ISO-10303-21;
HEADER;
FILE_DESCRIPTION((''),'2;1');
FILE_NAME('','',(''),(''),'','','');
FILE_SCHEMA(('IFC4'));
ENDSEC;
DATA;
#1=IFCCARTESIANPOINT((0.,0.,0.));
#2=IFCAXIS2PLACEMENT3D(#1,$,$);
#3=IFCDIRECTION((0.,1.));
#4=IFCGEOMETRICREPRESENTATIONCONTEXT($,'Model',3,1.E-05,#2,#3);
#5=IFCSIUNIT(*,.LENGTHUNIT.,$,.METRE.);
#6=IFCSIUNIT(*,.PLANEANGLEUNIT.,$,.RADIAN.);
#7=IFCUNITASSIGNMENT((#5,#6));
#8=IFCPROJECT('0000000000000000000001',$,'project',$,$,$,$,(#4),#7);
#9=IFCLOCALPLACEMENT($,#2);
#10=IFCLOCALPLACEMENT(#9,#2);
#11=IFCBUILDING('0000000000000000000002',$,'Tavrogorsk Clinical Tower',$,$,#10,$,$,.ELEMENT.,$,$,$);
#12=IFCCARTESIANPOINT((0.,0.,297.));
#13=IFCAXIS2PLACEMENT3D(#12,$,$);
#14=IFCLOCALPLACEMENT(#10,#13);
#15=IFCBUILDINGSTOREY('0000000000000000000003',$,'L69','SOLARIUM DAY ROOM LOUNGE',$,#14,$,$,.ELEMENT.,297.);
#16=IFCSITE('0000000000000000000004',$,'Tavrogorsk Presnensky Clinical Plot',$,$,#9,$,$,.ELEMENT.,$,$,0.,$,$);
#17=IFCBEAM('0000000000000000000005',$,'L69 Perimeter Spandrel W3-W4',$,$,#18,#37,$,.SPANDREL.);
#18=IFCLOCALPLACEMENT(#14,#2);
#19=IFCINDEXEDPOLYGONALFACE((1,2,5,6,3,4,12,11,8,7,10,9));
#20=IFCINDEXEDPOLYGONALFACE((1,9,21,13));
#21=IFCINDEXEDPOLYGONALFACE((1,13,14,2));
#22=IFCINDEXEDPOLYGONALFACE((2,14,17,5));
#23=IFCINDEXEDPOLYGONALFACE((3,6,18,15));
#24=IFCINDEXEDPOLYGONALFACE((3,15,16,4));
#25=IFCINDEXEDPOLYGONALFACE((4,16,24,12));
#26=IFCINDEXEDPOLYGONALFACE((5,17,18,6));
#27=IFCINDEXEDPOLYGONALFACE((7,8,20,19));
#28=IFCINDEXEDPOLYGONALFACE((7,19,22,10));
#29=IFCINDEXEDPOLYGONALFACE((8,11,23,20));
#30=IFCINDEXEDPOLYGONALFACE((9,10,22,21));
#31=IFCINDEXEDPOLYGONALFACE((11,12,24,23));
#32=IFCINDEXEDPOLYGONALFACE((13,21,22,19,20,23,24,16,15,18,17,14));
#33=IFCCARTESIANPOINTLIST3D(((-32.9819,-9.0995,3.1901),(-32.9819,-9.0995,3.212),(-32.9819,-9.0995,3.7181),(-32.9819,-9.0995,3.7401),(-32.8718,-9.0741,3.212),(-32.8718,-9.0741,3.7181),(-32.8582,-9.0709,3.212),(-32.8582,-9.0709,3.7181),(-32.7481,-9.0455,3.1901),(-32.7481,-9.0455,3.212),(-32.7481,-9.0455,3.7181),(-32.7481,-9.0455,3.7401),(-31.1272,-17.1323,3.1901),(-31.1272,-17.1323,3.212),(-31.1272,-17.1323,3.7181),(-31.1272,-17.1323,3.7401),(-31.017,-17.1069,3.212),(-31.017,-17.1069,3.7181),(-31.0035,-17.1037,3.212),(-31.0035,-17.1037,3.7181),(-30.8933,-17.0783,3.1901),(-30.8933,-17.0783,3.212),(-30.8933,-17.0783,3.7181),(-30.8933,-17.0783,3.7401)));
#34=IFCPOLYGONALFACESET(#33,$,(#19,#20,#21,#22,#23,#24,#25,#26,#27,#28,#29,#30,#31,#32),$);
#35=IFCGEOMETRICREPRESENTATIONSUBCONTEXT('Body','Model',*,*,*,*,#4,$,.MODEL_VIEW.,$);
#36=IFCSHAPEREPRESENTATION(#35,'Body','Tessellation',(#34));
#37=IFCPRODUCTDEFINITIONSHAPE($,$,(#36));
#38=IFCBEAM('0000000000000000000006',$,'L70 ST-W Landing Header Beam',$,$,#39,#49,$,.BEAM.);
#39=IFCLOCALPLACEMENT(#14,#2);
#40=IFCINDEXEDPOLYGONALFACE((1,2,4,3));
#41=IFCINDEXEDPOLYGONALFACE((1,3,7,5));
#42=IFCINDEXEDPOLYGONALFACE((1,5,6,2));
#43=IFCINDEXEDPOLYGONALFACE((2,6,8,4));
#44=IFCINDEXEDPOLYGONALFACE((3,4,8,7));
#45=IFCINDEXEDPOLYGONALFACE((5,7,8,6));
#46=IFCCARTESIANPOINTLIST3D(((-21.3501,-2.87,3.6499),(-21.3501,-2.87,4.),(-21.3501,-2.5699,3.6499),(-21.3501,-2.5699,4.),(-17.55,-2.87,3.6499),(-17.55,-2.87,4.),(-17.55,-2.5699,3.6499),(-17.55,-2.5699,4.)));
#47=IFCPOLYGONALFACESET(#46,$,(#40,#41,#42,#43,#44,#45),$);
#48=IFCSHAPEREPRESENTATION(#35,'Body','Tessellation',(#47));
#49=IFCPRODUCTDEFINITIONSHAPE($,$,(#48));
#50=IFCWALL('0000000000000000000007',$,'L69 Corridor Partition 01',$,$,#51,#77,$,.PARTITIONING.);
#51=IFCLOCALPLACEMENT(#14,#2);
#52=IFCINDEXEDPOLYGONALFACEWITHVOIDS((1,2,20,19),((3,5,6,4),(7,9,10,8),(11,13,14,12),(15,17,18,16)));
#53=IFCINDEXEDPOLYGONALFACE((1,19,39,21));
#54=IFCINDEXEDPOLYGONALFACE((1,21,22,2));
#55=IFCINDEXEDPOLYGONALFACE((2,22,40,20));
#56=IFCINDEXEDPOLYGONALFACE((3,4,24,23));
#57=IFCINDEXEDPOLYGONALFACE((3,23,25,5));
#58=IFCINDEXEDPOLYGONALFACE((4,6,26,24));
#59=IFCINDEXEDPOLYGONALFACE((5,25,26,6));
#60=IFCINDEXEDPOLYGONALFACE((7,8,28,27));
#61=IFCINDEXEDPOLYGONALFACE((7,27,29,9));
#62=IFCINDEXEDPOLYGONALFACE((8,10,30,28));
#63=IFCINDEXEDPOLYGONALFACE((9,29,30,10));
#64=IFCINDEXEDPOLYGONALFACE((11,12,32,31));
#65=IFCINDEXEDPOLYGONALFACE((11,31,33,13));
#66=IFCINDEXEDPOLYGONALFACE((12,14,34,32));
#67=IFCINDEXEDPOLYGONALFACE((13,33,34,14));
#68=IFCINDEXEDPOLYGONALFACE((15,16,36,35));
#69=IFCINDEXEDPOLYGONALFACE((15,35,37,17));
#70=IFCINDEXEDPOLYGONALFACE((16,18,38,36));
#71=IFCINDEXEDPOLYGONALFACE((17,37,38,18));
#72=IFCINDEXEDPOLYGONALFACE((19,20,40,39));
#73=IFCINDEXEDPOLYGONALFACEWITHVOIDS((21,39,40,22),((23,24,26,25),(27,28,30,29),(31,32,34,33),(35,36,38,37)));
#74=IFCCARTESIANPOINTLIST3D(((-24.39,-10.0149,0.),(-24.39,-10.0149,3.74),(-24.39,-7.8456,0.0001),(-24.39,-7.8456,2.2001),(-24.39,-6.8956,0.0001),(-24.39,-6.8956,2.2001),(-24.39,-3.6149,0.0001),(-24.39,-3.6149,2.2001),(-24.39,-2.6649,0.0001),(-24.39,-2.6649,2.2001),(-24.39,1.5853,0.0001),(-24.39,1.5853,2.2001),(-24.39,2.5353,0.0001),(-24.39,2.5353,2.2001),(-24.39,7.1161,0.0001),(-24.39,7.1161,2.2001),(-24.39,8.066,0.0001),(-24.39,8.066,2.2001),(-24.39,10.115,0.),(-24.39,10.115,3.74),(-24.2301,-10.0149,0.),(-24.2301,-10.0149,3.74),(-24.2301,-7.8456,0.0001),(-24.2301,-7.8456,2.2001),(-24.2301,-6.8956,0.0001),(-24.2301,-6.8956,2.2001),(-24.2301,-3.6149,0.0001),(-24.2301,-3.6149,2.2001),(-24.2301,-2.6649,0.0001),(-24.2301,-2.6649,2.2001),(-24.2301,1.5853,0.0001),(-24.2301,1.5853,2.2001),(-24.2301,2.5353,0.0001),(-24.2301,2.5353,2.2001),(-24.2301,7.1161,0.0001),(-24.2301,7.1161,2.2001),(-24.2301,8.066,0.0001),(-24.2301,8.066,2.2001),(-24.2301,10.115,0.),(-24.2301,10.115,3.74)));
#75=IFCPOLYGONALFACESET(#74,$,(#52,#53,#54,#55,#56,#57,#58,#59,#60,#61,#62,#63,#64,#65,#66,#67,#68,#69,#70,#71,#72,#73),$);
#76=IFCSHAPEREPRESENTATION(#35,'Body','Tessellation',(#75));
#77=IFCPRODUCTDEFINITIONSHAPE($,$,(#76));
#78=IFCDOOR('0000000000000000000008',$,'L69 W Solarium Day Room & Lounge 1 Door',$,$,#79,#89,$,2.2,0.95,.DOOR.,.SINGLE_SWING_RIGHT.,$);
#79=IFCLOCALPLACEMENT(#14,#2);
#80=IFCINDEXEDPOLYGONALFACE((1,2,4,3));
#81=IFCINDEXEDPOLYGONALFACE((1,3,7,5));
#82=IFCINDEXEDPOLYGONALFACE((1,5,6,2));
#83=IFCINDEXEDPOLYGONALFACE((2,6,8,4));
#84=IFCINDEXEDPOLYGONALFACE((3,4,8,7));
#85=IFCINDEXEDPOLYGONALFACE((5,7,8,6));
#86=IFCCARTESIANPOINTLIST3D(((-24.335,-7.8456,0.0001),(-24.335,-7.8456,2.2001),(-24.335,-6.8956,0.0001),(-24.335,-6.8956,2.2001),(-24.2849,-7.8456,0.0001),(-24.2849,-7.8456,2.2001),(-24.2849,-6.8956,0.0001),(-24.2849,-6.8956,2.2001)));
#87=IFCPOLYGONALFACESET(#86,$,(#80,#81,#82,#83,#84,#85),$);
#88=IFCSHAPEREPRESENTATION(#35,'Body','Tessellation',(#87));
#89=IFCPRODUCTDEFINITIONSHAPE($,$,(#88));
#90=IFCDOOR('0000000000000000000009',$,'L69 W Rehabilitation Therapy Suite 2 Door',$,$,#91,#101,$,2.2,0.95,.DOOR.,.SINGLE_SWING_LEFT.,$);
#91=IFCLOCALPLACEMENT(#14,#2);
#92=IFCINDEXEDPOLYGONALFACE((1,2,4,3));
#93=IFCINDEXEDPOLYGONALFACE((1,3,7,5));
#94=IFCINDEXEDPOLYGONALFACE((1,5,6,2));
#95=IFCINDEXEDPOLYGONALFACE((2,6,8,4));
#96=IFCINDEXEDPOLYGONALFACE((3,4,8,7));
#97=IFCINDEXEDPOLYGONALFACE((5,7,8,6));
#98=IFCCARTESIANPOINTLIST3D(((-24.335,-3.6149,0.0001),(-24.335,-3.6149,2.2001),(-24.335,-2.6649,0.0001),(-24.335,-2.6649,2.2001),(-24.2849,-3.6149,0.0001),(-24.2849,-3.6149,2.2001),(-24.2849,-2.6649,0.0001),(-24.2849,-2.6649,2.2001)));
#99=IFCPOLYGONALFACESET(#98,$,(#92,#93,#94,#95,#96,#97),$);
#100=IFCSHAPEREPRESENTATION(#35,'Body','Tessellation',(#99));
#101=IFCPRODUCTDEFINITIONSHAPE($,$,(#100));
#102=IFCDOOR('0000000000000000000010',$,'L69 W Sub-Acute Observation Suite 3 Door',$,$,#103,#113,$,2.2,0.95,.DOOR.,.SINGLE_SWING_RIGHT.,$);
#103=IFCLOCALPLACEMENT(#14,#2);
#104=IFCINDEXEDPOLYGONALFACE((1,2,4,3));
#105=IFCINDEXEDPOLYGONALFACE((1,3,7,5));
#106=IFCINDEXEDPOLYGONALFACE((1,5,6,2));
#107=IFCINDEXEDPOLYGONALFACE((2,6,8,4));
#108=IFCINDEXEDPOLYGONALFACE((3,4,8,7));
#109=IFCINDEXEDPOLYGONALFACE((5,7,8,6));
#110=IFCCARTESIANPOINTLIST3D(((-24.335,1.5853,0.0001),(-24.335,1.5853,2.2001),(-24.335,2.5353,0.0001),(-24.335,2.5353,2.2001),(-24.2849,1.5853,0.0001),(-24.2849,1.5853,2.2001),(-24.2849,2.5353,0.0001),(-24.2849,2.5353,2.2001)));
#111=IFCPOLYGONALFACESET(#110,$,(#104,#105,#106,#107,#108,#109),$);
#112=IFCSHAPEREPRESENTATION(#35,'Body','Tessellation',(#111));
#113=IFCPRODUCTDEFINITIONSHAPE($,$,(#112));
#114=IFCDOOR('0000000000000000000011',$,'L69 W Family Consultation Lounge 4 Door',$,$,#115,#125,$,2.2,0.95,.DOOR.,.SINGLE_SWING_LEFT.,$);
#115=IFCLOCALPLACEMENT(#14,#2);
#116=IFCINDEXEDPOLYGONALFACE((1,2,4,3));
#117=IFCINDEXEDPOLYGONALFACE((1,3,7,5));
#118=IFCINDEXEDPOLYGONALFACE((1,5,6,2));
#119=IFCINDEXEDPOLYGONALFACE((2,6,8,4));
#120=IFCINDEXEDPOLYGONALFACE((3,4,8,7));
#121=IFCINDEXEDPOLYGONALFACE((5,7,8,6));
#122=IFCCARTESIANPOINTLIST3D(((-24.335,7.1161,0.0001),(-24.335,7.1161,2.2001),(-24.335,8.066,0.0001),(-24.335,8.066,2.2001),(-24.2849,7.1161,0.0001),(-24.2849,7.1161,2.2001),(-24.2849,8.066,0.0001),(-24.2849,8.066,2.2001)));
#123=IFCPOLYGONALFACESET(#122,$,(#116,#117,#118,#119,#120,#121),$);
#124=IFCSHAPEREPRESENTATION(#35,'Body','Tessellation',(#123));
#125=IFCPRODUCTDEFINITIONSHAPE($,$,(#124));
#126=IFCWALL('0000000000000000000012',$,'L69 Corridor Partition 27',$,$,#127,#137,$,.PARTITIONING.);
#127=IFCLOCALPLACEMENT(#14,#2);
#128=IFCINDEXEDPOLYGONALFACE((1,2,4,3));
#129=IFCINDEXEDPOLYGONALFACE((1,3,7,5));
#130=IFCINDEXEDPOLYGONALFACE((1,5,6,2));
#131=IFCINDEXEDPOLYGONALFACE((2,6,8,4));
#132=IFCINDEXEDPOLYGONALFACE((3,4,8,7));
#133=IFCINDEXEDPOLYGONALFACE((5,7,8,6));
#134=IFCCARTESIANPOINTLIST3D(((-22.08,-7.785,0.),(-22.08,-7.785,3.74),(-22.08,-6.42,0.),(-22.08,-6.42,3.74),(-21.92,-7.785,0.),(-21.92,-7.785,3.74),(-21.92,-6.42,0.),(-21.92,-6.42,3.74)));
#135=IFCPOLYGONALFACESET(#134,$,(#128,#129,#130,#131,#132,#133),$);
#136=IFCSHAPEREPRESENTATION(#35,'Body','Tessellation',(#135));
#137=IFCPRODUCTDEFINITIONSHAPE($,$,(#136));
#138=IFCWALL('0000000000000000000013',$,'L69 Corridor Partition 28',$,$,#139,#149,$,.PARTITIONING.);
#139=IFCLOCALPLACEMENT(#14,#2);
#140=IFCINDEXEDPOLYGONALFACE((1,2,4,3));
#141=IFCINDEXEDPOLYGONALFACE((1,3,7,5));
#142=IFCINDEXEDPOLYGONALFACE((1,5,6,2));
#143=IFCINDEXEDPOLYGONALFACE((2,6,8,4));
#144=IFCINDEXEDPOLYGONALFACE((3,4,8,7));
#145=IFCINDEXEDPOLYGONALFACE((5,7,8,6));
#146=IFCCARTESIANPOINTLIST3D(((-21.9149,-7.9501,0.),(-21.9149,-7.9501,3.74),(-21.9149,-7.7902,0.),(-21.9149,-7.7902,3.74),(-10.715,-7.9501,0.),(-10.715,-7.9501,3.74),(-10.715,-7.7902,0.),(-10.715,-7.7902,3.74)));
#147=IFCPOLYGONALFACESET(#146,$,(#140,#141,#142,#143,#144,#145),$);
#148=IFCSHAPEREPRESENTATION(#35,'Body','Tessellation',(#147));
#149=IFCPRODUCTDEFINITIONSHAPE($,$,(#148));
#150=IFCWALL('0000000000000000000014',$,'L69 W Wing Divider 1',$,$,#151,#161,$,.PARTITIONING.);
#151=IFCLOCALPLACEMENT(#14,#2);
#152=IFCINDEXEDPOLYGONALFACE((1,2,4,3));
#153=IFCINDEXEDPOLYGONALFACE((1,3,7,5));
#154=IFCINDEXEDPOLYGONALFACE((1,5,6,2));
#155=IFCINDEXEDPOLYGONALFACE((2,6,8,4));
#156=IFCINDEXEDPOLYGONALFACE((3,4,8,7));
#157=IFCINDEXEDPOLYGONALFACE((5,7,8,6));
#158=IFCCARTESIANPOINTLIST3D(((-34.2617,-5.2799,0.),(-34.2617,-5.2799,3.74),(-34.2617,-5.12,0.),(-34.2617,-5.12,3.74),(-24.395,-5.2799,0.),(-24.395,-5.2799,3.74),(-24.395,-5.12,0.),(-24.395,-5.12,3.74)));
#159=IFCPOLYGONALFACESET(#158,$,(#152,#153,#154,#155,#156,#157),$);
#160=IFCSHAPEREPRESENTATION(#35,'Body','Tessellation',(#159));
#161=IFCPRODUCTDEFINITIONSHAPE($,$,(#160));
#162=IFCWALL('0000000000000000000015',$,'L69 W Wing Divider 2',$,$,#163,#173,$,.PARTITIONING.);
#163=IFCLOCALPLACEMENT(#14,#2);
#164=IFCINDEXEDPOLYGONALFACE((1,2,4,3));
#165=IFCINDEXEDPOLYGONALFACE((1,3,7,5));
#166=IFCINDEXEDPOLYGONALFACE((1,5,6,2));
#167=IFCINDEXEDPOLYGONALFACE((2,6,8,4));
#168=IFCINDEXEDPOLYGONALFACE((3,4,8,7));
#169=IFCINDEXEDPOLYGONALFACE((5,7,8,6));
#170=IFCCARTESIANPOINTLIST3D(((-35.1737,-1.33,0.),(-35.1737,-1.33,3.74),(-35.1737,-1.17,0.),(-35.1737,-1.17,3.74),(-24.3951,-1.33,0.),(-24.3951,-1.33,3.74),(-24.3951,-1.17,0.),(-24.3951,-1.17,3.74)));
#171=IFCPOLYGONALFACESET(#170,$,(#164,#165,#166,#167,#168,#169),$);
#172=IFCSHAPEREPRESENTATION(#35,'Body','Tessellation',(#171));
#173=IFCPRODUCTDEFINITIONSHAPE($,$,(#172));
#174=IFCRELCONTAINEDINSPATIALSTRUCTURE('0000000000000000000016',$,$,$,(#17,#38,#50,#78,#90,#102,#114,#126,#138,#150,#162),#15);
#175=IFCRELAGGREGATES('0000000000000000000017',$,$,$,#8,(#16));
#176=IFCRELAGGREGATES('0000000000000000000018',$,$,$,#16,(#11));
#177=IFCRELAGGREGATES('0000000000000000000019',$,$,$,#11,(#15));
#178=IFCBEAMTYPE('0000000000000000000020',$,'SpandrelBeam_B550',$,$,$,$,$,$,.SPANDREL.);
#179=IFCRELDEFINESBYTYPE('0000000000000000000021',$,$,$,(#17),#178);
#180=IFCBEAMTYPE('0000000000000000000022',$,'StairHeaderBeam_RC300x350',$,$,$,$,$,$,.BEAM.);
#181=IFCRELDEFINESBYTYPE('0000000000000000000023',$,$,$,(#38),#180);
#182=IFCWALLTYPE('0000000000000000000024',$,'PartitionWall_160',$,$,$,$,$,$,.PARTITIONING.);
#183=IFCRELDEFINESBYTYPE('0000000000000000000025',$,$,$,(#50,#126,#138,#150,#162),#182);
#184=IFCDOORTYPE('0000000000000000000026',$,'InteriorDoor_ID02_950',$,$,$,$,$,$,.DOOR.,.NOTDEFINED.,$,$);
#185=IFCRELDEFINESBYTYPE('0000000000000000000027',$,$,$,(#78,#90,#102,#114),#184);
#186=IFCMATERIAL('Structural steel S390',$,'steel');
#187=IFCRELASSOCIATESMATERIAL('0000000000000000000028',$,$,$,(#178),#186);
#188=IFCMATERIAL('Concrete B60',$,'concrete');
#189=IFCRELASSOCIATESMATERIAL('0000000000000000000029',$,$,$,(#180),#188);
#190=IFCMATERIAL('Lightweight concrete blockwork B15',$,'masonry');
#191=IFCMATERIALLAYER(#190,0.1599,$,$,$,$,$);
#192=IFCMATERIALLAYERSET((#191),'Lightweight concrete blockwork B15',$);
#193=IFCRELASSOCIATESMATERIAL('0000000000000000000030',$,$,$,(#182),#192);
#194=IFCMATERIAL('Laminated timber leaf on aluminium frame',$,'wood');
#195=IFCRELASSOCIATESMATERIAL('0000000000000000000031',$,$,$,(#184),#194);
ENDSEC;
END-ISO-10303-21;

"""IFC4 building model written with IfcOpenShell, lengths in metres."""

from ifc_helpers import new_model, si_unit, direction, frame, frame_2d, origin, origin_2d, place, context, subcontext, project, spatial, rectangle, i_section, extrude, material, layer, layer_set, material_profile, profile_set, type_object, element, fill, save


model = new_model("IFC4")

# Units and contexts
model_context = context("Model", 3, precision=1e-05, world=origin(), true_north=direction((0.0, 1.0)))
body_context = subcontext(model_context, "Body", "Model", "MODEL_VIEW")
ifc_project = project(units=[si_unit("LENGTHUNIT", "METRE"), si_unit("PLANEANGLEUNIT", "RADIAN")], contexts=[model_context])

# Site, building, storey
site_placement = place(None, origin())
site = spatial("IfcSite", under=ifc_project, at=site_placement, Name="Tavrogorsk Presnensky Clinical Plot", CompositionType="ELEMENT", RefElevation=0.0)
building_placement = place(site_placement, origin())
building = spatial("IfcBuilding", under=site, at=building_placement, Name="Tavrogorsk Clinical Tower", CompositionType="ELEMENT")
storey_placement = place(building_placement, frame((0.0, 0.0, 297.0)))
storey = spatial("IfcBuildingStorey", under=building, at=storey_placement, Name="L69", Description="SOLARIUM DAY ROOM LOUNGE", CompositionType="ELEMENT", Elevation=297.0)

# Beams
ifc_material_1 = material(Name="Structural steel S390", Category="steel")
ifc_material_profile_1 = material_profile(ifc_material_1, i_section(OverallWidth=0.24, OverallDepth=0.55, WebThickness=0.0139, FlangeThickness=0.022, at=origin_2d()), Name="B-550x240x14x22")
ifc_profile_set_1 = profile_set([ifc_material_profile_1], Name="Structural steel S390")
beam_type_1 = type_object("IfcBeamType", Name="SpandrelBeam_B550", PredefinedType="SPANDREL", material=ifc_profile_set_1)
beam_1_placement = place(storey_placement, frame((-32.865, -9.0725, 3.4651), z_axis=(0.224978, -0.974364, 0.0), x_axis=(0.974364, 0.224978, 0.0)))
element("IfcBeam", 1, at=beam_1_placement, inside=storey, type_object=beam_type_1, Name="L69 Perimeter Spandrel W3-W4", PredefinedType="SPANDREL", context=body_context, shape_type="SweptSolid", body=[
    extrude(i_section(OverallWidth=0.24, OverallDepth=0.55, WebThickness=0.0139, FlangeThickness=0.022, at=origin_2d()), origin(), (0.0, 0.0, 1.0), 8.2441),
])
ifc_material_2 = material(Name="Concrete B60", Category="concrete")
ifc_material_profile_2 = material_profile(ifc_material_2, rectangle(XDim=0.3, YDim=0.3501, at=origin_2d()), Name="RC-SHB-300x350")
ifc_profile_set_2 = profile_set([ifc_material_profile_2], Name="Concrete B60")
beam_type_2 = type_object("IfcBeamType", Name="StairHeaderBeam_RC300x350", PredefinedType="BEAM", material=ifc_profile_set_2)
beam_2_placement = place(storey_placement, frame((-21.3501, -2.72, 3.825), z_axis=(1.0, 0.0, 0.0), x_axis=(0.0, 1.0, 0.0)))
element("IfcBeam", 2, at=beam_2_placement, inside=storey, type_object=beam_type_2, Name="L70 ST-W Landing Header Beam", PredefinedType="BEAM", context=body_context, shape_type="SweptSolid", body=[
    extrude(rectangle(XDim=0.3, YDim=0.3501, at=origin_2d()), origin(), (0.0, 0.0, 1.0), 3.8),
])

# Wall, openings, doors
ifc_material_3 = material(Name="Lightweight concrete blockwork B15", Category="masonry")
ifc_layer_1 = layer(ifc_material_3, 0.1599)
ifc_layer_set_1 = layer_set([ifc_layer_1], Name="Lightweight concrete blockwork B15")
wall_type_1 = type_object("IfcWallType", Name="PartitionWall_160", PredefinedType="PARTITIONING", material=ifc_layer_set_1)
wall_1_placement = place(storey_placement, frame((-24.3101, -10.0149, 0.0), z_axis=(0.0, 0.0, 1.0), x_axis=(0.0, 1.0, 0.0)))
wall_1 = element("IfcWall", 3, at=wall_1_placement, inside=storey, type_object=wall_type_1, Name="L69 Corridor Partition 01", PredefinedType="PARTITIONING", context=body_context, shape_type="SweptSolid", body=[
    extrude(rectangle(XDim=20.1299, YDim=0.1599, at=frame_2d((10.0649, 0.0))), origin(), (0.0, 0.0, 1.0), 3.74),
])
opening_1_placement = place(wall_1_placement, frame((2.1692, 0.0, 0.0)))
opening_1 = element("IfcOpeningElement", 4, at=opening_1_placement, cuts=wall_1, PredefinedType="OPENING", context=body_context, shape_type="SweptSolid", body=[
    extrude(rectangle(XDim=0.95, YDim=2.2, at=frame_2d((0.4751, 1.1001))), frame((0.0, 0.0898, 0.0), z_axis=(0.0, -1.0, 0.0), x_axis=(1.0, 0.0, 0.0)), (0.0, 0.0, 1.0), 0.1799),
])
opening_2_placement = place(wall_1_placement, frame((6.3999, 0.0, 0.0)))
opening_2 = element("IfcOpeningElement", 5, at=opening_2_placement, cuts=wall_1, PredefinedType="OPENING", context=body_context, shape_type="SweptSolid", body=[
    extrude(rectangle(XDim=0.95, YDim=2.2, at=frame_2d((0.4751, 1.1001))), frame((0.0, 0.0898, 0.0), z_axis=(0.0, -1.0, 0.0), x_axis=(1.0, 0.0, 0.0)), (0.0, 0.0, 1.0), 0.1799),
])
opening_3_placement = place(wall_1_placement, frame((11.6001, 0.0, 0.0)))
opening_3 = element("IfcOpeningElement", 6, at=opening_3_placement, cuts=wall_1, PredefinedType="OPENING", context=body_context, shape_type="SweptSolid", body=[
    extrude(rectangle(XDim=0.95, YDim=2.2, at=frame_2d((0.4751, 1.1001))), frame((0.0, 0.0898, 0.0), z_axis=(0.0, -1.0, 0.0), x_axis=(1.0, 0.0, 0.0)), (0.0, 0.0, 1.0), 0.1799),
])
opening_4_placement = place(wall_1_placement, frame((17.1309, 0.0, 0.0)))
opening_4 = element("IfcOpeningElement", 7, at=opening_4_placement, cuts=wall_1, PredefinedType="OPENING", context=body_context, shape_type="SweptSolid", body=[
    extrude(rectangle(XDim=0.95, YDim=2.2, at=frame_2d((0.4751, 1.1001))), frame((0.0, 0.0898, 0.0), z_axis=(0.0, -1.0, 0.0), x_axis=(1.0, 0.0, 0.0)), (0.0, 0.0, 1.0), 0.1799),
])
ifc_material_4 = material(Name="Laminated timber leaf on aluminium frame", Category="wood")
door_type = type_object("IfcDoorType", Name="InteriorDoor_ID02_950", OperationType="NOTDEFINED", PredefinedType="DOOR", material=ifc_material_4)
door_1_placement = place(opening_1_placement, origin())
door_1 = element("IfcDoor", 8, at=door_1_placement, inside=storey, type_object=door_type, Name="L69 W Solarium Day Room & Lounge 1 Door", OperationType="SINGLE_SWING_RIGHT", OverallHeight=2.2, OverallWidth=0.95, PredefinedType="DOOR", context=body_context, shape_type="SweptSolid", body=[
    extrude(rectangle(XDim=0.95, YDim=2.2, at=frame_2d((0.4751, 1.1001))), frame((0.0, 0.0249, 0.0), z_axis=(0.0, -1.0, 0.0), x_axis=(1.0, 0.0, 0.0)), (0.0, 0.0, 1.0), 0.05),
])
fill(opening_1, door_1)
door_2_placement = place(opening_2_placement, origin())
door_2 = element("IfcDoor", 9, at=door_2_placement, inside=storey, type_object=door_type, Name="L69 W Rehabilitation Therapy Suite 2 Door", OperationType="SINGLE_SWING_LEFT", OverallHeight=2.2, OverallWidth=0.95, PredefinedType="DOOR", context=body_context, shape_type="SweptSolid", body=[
    extrude(rectangle(XDim=0.95, YDim=2.2, at=frame_2d((0.4751, 1.1001))), frame((0.0, 0.0249, 0.0), z_axis=(0.0, -1.0, 0.0), x_axis=(1.0, 0.0, 0.0)), (0.0, 0.0, 1.0), 0.05),
])
fill(opening_2, door_2)
door_3_placement = place(opening_3_placement, origin())
door_3 = element("IfcDoor", 10, at=door_3_placement, inside=storey, type_object=door_type, Name="L69 W Sub-Acute Observation Suite 3 Door", OperationType="SINGLE_SWING_RIGHT", OverallHeight=2.2, OverallWidth=0.95, PredefinedType="DOOR", context=body_context, shape_type="SweptSolid", body=[
    extrude(rectangle(XDim=0.95, YDim=2.2, at=frame_2d((0.4751, 1.1001))), frame((0.0, 0.0249, 0.0), z_axis=(0.0, -1.0, 0.0), x_axis=(1.0, 0.0, 0.0)), (0.0, 0.0, 1.0), 0.05),
])
fill(opening_3, door_3)
door_4_placement = place(opening_4_placement, origin())
door_4 = element("IfcDoor", 11, at=door_4_placement, inside=storey, type_object=door_type, Name="L69 W Family Consultation Lounge 4 Door", OperationType="SINGLE_SWING_LEFT", OverallHeight=2.2, OverallWidth=0.95, PredefinedType="DOOR", context=body_context, shape_type="SweptSolid", body=[
    extrude(rectangle(XDim=0.95, YDim=2.2, at=frame_2d((0.4751, 1.1001))), frame((0.0, 0.0249, 0.0), z_axis=(0.0, -1.0, 0.0), x_axis=(1.0, 0.0, 0.0)), (0.0, 0.0, 1.0), 0.05),
])
fill(opening_4, door_4)

# Walls
wall_2_placement = place(storey_placement, frame((-22.0, -6.4199, 0.0), z_axis=(0.0, 0.0, 1.0), x_axis=(0.0, -1.0, 0.0)))
element("IfcWall", 12, at=wall_2_placement, inside=storey, type_object=wall_type_1, Name="L69 Corridor Partition 27", PredefinedType="PARTITIONING", context=body_context, shape_type="SweptSolid", body=[
    extrude(rectangle(XDim=1.365, YDim=0.1599, at=frame_2d((0.6826, 0.0))), origin(), (0.0, 0.0, 1.0), 3.74),
])
wall_3_placement = place(storey_placement, frame((-21.915, -7.8701, 0.0), z_axis=(0.0, 0.0, 1.0), x_axis=(1.0, 0.0, 0.0)))
element("IfcWall", 13, at=wall_3_placement, inside=storey, type_object=wall_type_1, Name="L69 Corridor Partition 28", PredefinedType="PARTITIONING", context=body_context, shape_type="SweptSolid", body=[
    extrude(rectangle(XDim=11.2, YDim=0.1599, at=frame_2d((5.6001, 0.0))), origin(), (0.0, 0.0, 1.0), 3.74),
])
wall_4_placement = place(storey_placement, frame((-34.2617, -5.2, 0.0), z_axis=(0.0, 0.0, 1.0), x_axis=(1.0, 0.0, 0.0)))
element("IfcWall", 14, at=wall_4_placement, inside=storey, type_object=wall_type_1, Name="L69 W Wing Divider 1", PredefinedType="PARTITIONING", context=body_context, shape_type="SweptSolid", body=[
    extrude(rectangle(XDim=9.8667, YDim=0.1599, at=frame_2d((4.9333, 0.0))), origin(), (0.0, 0.0, 1.0), 3.74),
])
wall_5_placement = place(storey_placement, frame((-35.1736, -1.25, 0.0), z_axis=(0.0, 0.0, 1.0), x_axis=(1.0, 0.0, 0.0)))
element("IfcWall", 15, at=wall_5_placement, inside=storey, type_object=wall_type_1, Name="L69 W Wing Divider 2", PredefinedType="PARTITIONING", context=body_context, shape_type="SweptSolid", body=[
    extrude(rectangle(XDim=10.7786, YDim=0.1599, at=frame_2d((5.3892, 0.0))), origin(), (0.0, 0.0, 1.0), 3.74),
])

save(model, "model.ifc")
